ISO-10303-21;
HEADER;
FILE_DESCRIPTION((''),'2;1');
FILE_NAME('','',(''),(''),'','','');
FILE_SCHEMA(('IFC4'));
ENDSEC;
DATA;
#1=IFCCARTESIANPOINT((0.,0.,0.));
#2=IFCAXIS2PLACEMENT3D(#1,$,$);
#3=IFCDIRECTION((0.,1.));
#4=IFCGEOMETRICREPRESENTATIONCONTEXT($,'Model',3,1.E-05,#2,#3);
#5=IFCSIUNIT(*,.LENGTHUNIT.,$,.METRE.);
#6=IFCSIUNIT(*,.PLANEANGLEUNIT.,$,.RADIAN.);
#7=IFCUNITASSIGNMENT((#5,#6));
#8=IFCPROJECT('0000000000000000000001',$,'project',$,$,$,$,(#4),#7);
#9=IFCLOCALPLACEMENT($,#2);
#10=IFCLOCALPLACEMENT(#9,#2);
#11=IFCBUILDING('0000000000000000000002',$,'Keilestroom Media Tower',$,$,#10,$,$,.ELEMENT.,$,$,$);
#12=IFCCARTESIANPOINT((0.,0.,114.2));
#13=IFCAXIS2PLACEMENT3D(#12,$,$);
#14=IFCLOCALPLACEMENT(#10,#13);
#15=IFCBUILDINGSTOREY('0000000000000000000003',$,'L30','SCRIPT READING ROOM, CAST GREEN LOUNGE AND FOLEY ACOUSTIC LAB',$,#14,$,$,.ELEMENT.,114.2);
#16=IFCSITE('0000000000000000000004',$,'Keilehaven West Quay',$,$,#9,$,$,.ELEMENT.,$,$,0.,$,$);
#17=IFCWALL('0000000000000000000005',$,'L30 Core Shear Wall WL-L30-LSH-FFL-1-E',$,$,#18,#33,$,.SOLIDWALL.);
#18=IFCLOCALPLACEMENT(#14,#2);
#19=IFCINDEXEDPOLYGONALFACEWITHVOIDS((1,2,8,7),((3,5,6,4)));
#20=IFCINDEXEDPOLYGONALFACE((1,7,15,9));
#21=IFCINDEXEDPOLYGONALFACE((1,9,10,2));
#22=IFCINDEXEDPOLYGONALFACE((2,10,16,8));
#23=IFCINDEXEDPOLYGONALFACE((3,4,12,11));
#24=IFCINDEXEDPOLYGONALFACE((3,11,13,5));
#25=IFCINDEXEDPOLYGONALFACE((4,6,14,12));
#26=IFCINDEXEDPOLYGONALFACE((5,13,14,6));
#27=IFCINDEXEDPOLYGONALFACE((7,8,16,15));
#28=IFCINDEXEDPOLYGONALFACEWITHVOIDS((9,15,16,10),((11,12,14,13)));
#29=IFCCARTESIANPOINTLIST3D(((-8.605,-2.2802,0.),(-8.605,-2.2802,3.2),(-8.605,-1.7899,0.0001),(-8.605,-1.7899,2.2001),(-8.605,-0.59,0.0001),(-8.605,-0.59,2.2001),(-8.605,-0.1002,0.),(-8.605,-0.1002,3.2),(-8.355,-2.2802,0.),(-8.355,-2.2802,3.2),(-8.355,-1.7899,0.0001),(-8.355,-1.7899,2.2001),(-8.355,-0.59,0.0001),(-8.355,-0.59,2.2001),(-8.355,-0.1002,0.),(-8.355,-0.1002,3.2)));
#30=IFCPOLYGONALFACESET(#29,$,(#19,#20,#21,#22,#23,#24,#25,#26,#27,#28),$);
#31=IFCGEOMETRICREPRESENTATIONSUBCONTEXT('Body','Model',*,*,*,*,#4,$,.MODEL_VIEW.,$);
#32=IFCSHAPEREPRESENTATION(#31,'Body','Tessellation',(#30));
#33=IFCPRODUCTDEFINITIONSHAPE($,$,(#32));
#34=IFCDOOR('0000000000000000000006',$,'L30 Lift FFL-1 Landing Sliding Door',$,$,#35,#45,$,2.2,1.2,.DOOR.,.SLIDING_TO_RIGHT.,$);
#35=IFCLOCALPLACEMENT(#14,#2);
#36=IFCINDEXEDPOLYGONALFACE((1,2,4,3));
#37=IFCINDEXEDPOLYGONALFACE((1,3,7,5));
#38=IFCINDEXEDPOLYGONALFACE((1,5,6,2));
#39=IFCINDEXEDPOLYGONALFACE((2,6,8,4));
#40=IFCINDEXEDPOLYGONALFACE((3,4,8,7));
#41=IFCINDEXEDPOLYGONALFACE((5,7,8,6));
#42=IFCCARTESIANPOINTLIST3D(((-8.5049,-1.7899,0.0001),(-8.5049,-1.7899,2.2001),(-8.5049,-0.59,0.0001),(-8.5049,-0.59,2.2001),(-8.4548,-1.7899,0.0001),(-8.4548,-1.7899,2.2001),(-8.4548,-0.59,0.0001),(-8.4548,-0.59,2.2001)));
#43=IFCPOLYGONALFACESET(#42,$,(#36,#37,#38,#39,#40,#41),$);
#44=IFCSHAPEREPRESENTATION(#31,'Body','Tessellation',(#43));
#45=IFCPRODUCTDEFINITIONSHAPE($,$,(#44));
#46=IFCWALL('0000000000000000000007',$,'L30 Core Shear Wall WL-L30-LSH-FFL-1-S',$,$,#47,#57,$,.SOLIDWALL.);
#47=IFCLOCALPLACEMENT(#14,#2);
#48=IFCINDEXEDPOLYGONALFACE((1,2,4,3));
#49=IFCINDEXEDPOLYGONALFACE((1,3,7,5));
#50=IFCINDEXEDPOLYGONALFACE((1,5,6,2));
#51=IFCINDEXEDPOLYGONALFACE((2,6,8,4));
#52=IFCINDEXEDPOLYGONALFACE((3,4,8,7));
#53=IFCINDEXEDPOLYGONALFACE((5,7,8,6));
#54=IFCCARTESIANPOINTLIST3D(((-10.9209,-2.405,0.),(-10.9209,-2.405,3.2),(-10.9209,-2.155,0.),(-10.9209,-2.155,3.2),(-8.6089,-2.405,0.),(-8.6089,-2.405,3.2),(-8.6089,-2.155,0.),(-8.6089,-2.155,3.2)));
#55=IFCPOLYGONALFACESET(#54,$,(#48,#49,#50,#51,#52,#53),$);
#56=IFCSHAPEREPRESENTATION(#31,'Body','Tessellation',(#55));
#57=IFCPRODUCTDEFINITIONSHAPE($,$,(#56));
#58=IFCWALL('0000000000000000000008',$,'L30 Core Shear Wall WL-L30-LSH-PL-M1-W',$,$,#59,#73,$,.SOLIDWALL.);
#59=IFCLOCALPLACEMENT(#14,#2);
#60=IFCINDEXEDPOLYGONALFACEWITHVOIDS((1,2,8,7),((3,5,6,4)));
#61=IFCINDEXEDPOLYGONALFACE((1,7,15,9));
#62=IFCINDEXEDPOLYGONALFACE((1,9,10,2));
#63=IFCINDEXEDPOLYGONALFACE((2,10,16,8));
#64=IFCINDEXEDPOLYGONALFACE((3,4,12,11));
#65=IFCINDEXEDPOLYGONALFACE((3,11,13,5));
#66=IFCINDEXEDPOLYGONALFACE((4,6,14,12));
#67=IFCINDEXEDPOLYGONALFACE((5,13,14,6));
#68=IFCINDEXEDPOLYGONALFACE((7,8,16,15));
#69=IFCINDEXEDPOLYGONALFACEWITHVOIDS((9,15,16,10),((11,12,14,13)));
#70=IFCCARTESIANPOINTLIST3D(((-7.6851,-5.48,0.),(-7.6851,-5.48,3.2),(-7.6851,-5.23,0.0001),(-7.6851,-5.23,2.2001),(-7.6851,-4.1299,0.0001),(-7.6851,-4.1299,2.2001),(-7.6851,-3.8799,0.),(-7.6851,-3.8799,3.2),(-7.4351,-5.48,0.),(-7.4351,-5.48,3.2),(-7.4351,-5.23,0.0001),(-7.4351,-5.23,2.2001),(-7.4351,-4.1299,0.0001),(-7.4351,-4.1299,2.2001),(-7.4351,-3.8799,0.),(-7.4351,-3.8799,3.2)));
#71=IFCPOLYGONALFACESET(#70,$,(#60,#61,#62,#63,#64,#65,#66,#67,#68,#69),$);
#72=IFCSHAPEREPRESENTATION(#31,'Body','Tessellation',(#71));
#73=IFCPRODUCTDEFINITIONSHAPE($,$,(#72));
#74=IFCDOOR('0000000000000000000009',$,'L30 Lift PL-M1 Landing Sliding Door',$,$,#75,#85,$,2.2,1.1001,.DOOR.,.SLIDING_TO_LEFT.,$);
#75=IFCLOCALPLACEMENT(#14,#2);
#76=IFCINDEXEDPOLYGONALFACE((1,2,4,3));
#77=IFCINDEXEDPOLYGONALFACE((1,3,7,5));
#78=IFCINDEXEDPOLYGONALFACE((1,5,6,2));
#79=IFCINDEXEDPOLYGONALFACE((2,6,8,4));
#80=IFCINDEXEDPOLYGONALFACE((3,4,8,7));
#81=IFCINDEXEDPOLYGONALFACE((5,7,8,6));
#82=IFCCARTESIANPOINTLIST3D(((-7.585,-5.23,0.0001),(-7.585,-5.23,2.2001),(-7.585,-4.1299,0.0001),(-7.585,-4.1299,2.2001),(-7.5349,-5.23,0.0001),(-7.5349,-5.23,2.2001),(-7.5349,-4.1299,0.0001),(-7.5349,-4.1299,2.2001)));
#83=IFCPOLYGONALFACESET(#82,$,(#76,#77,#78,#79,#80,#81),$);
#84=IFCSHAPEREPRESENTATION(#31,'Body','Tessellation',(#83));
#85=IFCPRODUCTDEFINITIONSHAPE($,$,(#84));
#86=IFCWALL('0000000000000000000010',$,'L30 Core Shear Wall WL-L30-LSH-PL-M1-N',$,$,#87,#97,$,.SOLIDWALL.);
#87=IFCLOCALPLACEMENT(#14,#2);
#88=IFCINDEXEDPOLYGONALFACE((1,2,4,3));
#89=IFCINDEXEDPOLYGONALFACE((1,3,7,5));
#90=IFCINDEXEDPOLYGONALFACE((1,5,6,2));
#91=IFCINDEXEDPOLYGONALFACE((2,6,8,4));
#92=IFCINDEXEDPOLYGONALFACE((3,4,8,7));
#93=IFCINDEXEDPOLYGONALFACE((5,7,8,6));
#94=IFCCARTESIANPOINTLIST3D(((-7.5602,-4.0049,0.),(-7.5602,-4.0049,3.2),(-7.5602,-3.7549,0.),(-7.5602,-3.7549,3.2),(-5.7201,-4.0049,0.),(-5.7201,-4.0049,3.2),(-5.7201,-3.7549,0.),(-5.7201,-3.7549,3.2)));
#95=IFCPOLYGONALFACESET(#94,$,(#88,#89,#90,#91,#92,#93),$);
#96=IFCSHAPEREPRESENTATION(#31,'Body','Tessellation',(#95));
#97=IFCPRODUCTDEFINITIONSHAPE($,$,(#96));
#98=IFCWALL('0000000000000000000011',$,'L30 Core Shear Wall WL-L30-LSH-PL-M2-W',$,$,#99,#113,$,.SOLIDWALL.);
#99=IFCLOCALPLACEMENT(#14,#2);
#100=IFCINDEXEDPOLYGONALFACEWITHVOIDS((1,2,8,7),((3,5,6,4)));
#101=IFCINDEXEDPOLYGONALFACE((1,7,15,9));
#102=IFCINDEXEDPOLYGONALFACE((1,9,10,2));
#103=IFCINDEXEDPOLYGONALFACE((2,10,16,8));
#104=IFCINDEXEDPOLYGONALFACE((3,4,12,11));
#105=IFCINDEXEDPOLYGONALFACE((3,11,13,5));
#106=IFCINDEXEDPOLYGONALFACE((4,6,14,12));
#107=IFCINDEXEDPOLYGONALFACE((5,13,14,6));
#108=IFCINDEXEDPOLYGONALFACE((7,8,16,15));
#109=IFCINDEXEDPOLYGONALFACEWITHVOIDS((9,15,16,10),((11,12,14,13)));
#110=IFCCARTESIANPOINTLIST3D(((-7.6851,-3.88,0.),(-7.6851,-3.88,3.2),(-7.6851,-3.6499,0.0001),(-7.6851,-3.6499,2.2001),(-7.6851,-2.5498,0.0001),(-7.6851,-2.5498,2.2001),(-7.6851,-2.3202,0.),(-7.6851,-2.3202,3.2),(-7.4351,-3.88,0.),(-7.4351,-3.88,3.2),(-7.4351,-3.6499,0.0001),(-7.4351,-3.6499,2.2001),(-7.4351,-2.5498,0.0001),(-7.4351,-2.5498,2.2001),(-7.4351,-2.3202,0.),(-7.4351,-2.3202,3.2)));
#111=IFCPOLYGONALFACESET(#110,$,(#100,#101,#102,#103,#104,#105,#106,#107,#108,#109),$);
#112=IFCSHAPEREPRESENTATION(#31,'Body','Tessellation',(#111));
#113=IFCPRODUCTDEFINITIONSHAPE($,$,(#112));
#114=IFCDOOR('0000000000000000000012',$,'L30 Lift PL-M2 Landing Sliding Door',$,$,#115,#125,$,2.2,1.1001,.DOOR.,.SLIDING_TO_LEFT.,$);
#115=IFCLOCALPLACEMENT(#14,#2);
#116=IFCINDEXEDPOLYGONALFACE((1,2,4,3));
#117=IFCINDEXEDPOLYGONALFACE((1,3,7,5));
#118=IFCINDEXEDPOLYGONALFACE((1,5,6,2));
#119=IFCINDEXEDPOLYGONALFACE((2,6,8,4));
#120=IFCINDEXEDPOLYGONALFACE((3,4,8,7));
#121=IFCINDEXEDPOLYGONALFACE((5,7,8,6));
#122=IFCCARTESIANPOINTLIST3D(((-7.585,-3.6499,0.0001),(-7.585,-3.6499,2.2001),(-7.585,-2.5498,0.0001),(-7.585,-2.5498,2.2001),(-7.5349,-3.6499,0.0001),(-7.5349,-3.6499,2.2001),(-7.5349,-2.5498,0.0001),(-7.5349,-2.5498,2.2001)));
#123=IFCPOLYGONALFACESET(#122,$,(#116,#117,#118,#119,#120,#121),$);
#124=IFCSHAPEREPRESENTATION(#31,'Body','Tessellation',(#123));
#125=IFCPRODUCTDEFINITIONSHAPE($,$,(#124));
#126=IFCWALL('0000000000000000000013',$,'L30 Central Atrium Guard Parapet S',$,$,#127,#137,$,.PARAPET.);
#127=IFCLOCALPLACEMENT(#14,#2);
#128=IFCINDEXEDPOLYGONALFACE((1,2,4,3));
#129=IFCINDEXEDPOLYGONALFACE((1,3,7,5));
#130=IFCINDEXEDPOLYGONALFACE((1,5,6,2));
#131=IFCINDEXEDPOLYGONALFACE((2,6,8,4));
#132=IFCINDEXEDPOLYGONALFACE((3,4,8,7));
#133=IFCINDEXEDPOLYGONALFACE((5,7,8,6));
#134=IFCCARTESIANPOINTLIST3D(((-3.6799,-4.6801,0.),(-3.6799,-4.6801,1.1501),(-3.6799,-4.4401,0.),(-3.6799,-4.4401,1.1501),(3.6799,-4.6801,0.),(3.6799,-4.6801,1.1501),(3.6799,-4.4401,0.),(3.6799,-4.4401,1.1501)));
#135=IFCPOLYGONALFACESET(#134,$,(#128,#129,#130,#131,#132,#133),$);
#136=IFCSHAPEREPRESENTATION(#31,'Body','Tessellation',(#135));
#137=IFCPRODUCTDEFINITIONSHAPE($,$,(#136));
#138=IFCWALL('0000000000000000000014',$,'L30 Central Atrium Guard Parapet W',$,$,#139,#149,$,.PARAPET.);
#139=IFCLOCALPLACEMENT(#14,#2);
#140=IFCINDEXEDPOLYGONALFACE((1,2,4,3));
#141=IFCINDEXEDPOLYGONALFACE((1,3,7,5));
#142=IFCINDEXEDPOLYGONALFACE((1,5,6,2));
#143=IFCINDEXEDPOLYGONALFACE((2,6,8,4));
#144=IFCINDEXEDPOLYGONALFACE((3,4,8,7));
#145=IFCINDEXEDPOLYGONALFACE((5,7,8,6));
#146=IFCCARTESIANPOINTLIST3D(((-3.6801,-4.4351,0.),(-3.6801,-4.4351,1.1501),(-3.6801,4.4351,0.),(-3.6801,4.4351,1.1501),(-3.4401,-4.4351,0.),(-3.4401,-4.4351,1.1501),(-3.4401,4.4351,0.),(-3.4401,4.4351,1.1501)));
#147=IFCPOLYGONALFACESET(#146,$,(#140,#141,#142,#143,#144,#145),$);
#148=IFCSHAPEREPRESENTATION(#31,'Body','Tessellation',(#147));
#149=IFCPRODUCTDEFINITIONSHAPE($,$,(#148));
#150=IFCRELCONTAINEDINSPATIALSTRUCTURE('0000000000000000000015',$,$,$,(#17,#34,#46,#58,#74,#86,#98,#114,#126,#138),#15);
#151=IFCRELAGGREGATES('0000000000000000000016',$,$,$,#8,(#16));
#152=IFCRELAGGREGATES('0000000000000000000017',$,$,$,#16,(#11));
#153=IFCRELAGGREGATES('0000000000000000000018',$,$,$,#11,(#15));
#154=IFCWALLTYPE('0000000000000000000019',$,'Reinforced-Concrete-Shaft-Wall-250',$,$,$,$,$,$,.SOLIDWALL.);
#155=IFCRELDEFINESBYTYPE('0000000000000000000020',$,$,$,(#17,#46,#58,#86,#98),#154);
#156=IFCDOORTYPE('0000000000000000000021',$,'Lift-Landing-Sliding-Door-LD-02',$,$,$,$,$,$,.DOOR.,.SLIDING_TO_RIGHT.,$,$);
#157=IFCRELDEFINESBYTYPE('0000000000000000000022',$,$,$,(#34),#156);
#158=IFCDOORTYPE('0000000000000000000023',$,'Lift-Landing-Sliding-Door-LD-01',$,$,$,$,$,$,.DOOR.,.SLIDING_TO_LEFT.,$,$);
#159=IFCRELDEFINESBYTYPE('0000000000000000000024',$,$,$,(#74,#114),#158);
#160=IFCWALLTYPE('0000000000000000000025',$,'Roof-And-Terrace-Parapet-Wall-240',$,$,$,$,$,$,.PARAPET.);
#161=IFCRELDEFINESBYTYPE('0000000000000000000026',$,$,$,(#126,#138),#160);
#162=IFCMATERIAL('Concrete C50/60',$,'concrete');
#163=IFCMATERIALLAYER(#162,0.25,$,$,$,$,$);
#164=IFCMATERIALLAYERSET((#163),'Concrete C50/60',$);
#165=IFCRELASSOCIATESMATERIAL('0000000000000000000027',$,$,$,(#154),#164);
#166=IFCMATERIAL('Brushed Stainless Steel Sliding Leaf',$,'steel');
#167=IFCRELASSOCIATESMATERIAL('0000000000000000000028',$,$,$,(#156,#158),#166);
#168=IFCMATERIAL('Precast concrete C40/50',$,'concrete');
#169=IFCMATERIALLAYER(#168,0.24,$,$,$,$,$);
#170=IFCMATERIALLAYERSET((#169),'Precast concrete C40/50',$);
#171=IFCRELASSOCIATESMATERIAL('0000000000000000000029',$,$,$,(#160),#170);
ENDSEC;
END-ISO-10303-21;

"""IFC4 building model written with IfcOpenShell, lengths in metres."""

from ifc_helpers import new_model, si_unit, direction, frame, frame_2d, origin, place, context, subcontext, project, spatial, rectangle, extrude, source, transform, mapped, material, layer, layer_set, type_object, element, fill, save


model = new_model("IFC4")

# Units and contexts
model_context = context("Model", 3, precision=1e-05, world=origin(), true_north=direction((0.0, 1.0)))
body_context = subcontext(model_context, "Body", "Model", "MODEL_VIEW")
ifc_project = project(units=[si_unit("LENGTHUNIT", "METRE"), si_unit("PLANEANGLEUNIT", "RADIAN")], contexts=[model_context])

# Site, building, storey
site_placement = place(None, origin())
site = spatial("IfcSite", under=ifc_project, at=site_placement, Name="Keilehaven West Quay", CompositionType="ELEMENT", RefElevation=0.0)
building_placement = place(site_placement, origin())
building = spatial("IfcBuilding", under=site, at=building_placement, Name="Keilestroom Media Tower", CompositionType="ELEMENT")
storey_placement = place(building_placement, frame((0.0, 0.0, 114.2)))
storey = spatial("IfcBuildingStorey", under=building, at=storey_placement, Name="L30", Description="SCRIPT READING ROOM, CAST GREEN LOUNGE AND FOLEY ACOUSTIC LAB", CompositionType="ELEMENT", Elevation=114.2)

# Shared definitions
shared_shape_1 = source(origin(), body_context, "Body", "SweptSolid", [
    extrude(rectangle(XDim=1.2, YDim=2.2, at=frame_2d((0.6001, 1.1001))), frame((0.0, 0.0249, 0.0), z_axis=(0.0, -1.0, 0.0), x_axis=(1.0, 0.0, 0.0)), (0.0, 0.0, 1.0), 0.05),
])

# Shared definitions
ifc_material_1 = material(Name="Concrete C50/60", Category="concrete")
ifc_layer_1 = layer(ifc_material_1, 0.25)
ifc_layer_set_1 = layer_set([ifc_layer_1], Name="Concrete C50/60")
wall_type_1 = type_object("IfcWallType", Name="Reinforced-Concrete-Shaft-Wall-250", PredefinedType="SOLIDWALL", material=ifc_layer_set_1)

# Wall, opening, door
wall_1_placement = place(storey_placement, frame((-8.48, -2.28, 0.0), z_axis=(0.0, 0.0, 1.0), x_axis=(0.0, 1.0, 0.0)))
wall_1 = element("IfcWall", 1, at=wall_1_placement, inside=storey, type_object=wall_type_1, Name="L30 Core Shear Wall WL-L30-LSH-FFL-1-E", PredefinedType="SOLIDWALL", context=body_context, shape_type="SweptSolid", body=[
    extrude(rectangle(XDim=2.1799, YDim=0.25, at=frame_2d((1.0898, 0.0))), origin(), (0.0, 0.0, 1.0), 3.2),
])
opening_1_placement = place(wall_1_placement, frame((0.49, 0.0, 0.0)))
opening_1 = element("IfcOpeningElement", 2, at=opening_1_placement, cuts=wall_1, PredefinedType="OPENING", context=body_context, shape_type="SweptSolid", body=[
    extrude(rectangle(XDim=1.2, YDim=2.2, at=frame_2d((0.6001, 1.1001))), frame((0.0, 0.135, 0.0), z_axis=(0.0, -1.0, 0.0), x_axis=(1.0, 0.0, 0.0)), (0.0, 0.0, 1.0), 0.27),
])
ifc_material_2 = material(Name="Brushed Stainless Steel Sliding Leaf", Category="steel")
door_type_1 = type_object("IfcDoorType", Name="Lift-Landing-Sliding-Door-LD-02", OperationType="SLIDING_TO_RIGHT", PredefinedType="DOOR", material=ifc_material_2)
door_1_placement = place(opening_1_placement, origin())
door_1 = element("IfcDoor", 3, at=door_1_placement, inside=storey, type_object=door_type_1, Name="L30 Lift FFL-1 Landing Sliding Door", OperationType="SLIDING_TO_RIGHT", OverallHeight=2.2, OverallWidth=1.2, PredefinedType="DOOR", context=body_context, shape_type="MappedRepresentation", body=[
    mapped(shared_shape_1, transform((0.0, 0.0, 0.0), x_axis=(1.0, 0.0, 0.0), y_axis=(0.0, 1.0, 0.0), z_axis=(0.0, 0.0, 1.0), scale=1.0)),
])
fill(opening_1, door_1)

# Wall
wall_2_placement = place(storey_placement, frame((-10.9209, -2.28, 0.0), z_axis=(0.0, 0.0, 1.0), x_axis=(1.0, 0.0, 0.0)))
element("IfcWall", 4, at=wall_2_placement, inside=storey, type_object=wall_type_1, Name="L30 Core Shear Wall WL-L30-LSH-FFL-1-S", PredefinedType="SOLIDWALL", context=body_context, shape_type="SweptSolid", body=[
    extrude(rectangle(XDim=2.312, YDim=0.25, at=frame_2d((1.156, 0.0))), origin(), (0.0, 0.0, 1.0), 3.2),
])

# Wall, opening, door
wall_3_placement = place(storey_placement, frame((-7.5601, -5.48, 0.0), z_axis=(0.0, 0.0, 1.0), x_axis=(0.0, 1.0, 0.0)))
wall_3 = element("IfcWall", 5, at=wall_3_placement, inside=storey, type_object=wall_type_1, Name="L30 Core Shear Wall WL-L30-LSH-PL-M1-W", PredefinedType="SOLIDWALL", context=body_context, shape_type="SweptSolid", body=[
    extrude(rectangle(XDim=1.6001, YDim=0.25, at=frame_2d((0.8, 0.0))), origin(), (0.0, 0.0, 1.0), 3.2),
])
opening_2_placement = place(wall_3_placement, frame((0.25, 0.0, 0.0)))
opening_2 = element("IfcOpeningElement", 6, at=opening_2_placement, cuts=wall_3, PredefinedType="OPENING", context=body_context, shape_type="SweptSolid", body=[
    extrude(rectangle(XDim=1.1001, YDim=2.2, at=frame_2d((0.55, 1.1001))), frame((0.0, 0.135, 0.0), z_axis=(0.0, -1.0, 0.0), x_axis=(1.0, 0.0, 0.0)), (0.0, 0.0, 1.0), 0.27),
])
door_type_2 = type_object("IfcDoorType", Name="Lift-Landing-Sliding-Door-LD-01", OperationType="SLIDING_TO_LEFT", PredefinedType="DOOR", material=ifc_material_2)
shared_shape_2 = source(origin(), body_context, "Body", "SweptSolid", [
    extrude(rectangle(XDim=1.1001, YDim=2.2, at=frame_2d((0.55, 1.1001))), frame((0.0, 0.0249, 0.0), z_axis=(0.0, -1.0, 0.0), x_axis=(1.0, 0.0, 0.0)), (0.0, 0.0, 1.0), 0.05),
])
door_2_placement = place(opening_2_placement, origin())
door_2 = element("IfcDoor", 7, at=door_2_placement, inside=storey, type_object=door_type_2, Name="L30 Lift PL-M1 Landing Sliding Door", OperationType="SLIDING_TO_LEFT", OverallHeight=2.2, OverallWidth=1.1001, PredefinedType="DOOR", context=body_context, shape_type="MappedRepresentation", body=[
    mapped(shared_shape_2, transform((0.0, 0.0, 0.0), x_axis=(1.0, 0.0, 0.0), y_axis=(0.0, 1.0, 0.0), z_axis=(0.0, 0.0, 1.0), scale=1.0)),
])
fill(opening_2, door_2)

# Wall
wall_4_placement = place(storey_placement, frame((-7.5601, -3.8799, 0.0), z_axis=(0.0, 0.0, 1.0), x_axis=(1.0, 0.0, 0.0)))
element("IfcWall", 8, at=wall_4_placement, inside=storey, type_object=wall_type_1, Name="L30 Core Shear Wall WL-L30-LSH-PL-M1-N", PredefinedType="SOLIDWALL", context=body_context, shape_type="SweptSolid", body=[
    extrude(rectangle(XDim=1.8401, YDim=0.25, at=frame_2d((0.9199, 0.0))), origin(), (0.0, 0.0, 1.0), 3.2),
])

# Wall, opening, door
wall_5_placement = place(storey_placement, frame((-7.5601, -3.8799, 0.0), z_axis=(0.0, 0.0, 1.0), x_axis=(0.0, 1.0, 0.0)))
wall_5 = element("IfcWall", 9, at=wall_5_placement, inside=storey, type_object=wall_type_1, Name="L30 Core Shear Wall WL-L30-LSH-PL-M2-W", PredefinedType="SOLIDWALL", context=body_context, shape_type="SweptSolid", body=[
    extrude(rectangle(XDim=1.5598, YDim=0.25, at=frame_2d((0.7798, 0.0))), origin(), (0.0, 0.0, 1.0), 3.2),
])
opening_3_placement = place(wall_5_placement, frame((0.23, 0.0, 0.0)))
opening_3 = element("IfcOpeningElement", 10, at=opening_3_placement, cuts=wall_5, PredefinedType="OPENING", context=body_context, shape_type="SweptSolid", body=[
    extrude(rectangle(XDim=1.1001, YDim=2.2, at=frame_2d((0.55, 1.1001))), frame((0.0, 0.135, 0.0), z_axis=(0.0, -1.0, 0.0), x_axis=(1.0, 0.0, 0.0)), (0.0, 0.0, 1.0), 0.27),
])
door_3_placement = place(opening_3_placement, origin())
door_3 = element("IfcDoor", 11, at=door_3_placement, inside=storey, type_object=door_type_2, Name="L30 Lift PL-M2 Landing Sliding Door", OperationType="SLIDING_TO_LEFT", OverallHeight=2.2, OverallWidth=1.1001, PredefinedType="DOOR", context=body_context, shape_type="MappedRepresentation", body=[
    mapped(shared_shape_2, transform((0.0, 0.0, 0.0), x_axis=(1.0, 0.0, 0.0), y_axis=(0.0, 1.0, 0.0), z_axis=(0.0, 0.0, 1.0), scale=1.0)),
])
fill(opening_3, door_3)

# Walls
ifc_material_3 = material(Name="Precast concrete C40/50", Category="concrete")
ifc_layer_2 = layer(ifc_material_3, 0.24)
ifc_layer_set_2 = layer_set([ifc_layer_2], Name="Precast concrete C40/50")
wall_type_2 = type_object("IfcWallType", Name="Roof-And-Terrace-Parapet-Wall-240", PredefinedType="PARAPET", material=ifc_layer_set_2)
wall_6_placement = place(storey_placement, frame((-3.6799, -4.5601, 0.0), z_axis=(0.0, 0.0, 1.0), x_axis=(1.0, 0.0, 0.0)))
element("IfcWall", 12, at=wall_6_placement, inside=storey, type_object=wall_type_2, Name="L30 Central Atrium Guard Parapet S", PredefinedType="PARAPET", context=body_context, shape_type="SweptSolid", body=[
    extrude(rectangle(XDim=7.3599, YDim=0.24, at=frame_2d((3.6799, 0.0))), origin(), (0.0, 0.0, 1.0), 1.1501),
])
wall_7_placement = place(storey_placement, frame((-3.5601, -4.4351, 0.0), z_axis=(0.0, 0.0, 1.0), x_axis=(0.0, 1.0, 0.0)))
element("IfcWall", 13, at=wall_7_placement, inside=storey, type_object=wall_type_2, Name="L30 Central Atrium Guard Parapet W", PredefinedType="PARAPET", context=body_context, shape_type="SweptSolid", body=[
    extrude(rectangle(XDim=8.8701, YDim=0.24, at=frame_2d((4.4351, 0.0))), origin(), (0.0, 0.0, 1.0), 1.1501),
])

save(model, "model.ifc")
